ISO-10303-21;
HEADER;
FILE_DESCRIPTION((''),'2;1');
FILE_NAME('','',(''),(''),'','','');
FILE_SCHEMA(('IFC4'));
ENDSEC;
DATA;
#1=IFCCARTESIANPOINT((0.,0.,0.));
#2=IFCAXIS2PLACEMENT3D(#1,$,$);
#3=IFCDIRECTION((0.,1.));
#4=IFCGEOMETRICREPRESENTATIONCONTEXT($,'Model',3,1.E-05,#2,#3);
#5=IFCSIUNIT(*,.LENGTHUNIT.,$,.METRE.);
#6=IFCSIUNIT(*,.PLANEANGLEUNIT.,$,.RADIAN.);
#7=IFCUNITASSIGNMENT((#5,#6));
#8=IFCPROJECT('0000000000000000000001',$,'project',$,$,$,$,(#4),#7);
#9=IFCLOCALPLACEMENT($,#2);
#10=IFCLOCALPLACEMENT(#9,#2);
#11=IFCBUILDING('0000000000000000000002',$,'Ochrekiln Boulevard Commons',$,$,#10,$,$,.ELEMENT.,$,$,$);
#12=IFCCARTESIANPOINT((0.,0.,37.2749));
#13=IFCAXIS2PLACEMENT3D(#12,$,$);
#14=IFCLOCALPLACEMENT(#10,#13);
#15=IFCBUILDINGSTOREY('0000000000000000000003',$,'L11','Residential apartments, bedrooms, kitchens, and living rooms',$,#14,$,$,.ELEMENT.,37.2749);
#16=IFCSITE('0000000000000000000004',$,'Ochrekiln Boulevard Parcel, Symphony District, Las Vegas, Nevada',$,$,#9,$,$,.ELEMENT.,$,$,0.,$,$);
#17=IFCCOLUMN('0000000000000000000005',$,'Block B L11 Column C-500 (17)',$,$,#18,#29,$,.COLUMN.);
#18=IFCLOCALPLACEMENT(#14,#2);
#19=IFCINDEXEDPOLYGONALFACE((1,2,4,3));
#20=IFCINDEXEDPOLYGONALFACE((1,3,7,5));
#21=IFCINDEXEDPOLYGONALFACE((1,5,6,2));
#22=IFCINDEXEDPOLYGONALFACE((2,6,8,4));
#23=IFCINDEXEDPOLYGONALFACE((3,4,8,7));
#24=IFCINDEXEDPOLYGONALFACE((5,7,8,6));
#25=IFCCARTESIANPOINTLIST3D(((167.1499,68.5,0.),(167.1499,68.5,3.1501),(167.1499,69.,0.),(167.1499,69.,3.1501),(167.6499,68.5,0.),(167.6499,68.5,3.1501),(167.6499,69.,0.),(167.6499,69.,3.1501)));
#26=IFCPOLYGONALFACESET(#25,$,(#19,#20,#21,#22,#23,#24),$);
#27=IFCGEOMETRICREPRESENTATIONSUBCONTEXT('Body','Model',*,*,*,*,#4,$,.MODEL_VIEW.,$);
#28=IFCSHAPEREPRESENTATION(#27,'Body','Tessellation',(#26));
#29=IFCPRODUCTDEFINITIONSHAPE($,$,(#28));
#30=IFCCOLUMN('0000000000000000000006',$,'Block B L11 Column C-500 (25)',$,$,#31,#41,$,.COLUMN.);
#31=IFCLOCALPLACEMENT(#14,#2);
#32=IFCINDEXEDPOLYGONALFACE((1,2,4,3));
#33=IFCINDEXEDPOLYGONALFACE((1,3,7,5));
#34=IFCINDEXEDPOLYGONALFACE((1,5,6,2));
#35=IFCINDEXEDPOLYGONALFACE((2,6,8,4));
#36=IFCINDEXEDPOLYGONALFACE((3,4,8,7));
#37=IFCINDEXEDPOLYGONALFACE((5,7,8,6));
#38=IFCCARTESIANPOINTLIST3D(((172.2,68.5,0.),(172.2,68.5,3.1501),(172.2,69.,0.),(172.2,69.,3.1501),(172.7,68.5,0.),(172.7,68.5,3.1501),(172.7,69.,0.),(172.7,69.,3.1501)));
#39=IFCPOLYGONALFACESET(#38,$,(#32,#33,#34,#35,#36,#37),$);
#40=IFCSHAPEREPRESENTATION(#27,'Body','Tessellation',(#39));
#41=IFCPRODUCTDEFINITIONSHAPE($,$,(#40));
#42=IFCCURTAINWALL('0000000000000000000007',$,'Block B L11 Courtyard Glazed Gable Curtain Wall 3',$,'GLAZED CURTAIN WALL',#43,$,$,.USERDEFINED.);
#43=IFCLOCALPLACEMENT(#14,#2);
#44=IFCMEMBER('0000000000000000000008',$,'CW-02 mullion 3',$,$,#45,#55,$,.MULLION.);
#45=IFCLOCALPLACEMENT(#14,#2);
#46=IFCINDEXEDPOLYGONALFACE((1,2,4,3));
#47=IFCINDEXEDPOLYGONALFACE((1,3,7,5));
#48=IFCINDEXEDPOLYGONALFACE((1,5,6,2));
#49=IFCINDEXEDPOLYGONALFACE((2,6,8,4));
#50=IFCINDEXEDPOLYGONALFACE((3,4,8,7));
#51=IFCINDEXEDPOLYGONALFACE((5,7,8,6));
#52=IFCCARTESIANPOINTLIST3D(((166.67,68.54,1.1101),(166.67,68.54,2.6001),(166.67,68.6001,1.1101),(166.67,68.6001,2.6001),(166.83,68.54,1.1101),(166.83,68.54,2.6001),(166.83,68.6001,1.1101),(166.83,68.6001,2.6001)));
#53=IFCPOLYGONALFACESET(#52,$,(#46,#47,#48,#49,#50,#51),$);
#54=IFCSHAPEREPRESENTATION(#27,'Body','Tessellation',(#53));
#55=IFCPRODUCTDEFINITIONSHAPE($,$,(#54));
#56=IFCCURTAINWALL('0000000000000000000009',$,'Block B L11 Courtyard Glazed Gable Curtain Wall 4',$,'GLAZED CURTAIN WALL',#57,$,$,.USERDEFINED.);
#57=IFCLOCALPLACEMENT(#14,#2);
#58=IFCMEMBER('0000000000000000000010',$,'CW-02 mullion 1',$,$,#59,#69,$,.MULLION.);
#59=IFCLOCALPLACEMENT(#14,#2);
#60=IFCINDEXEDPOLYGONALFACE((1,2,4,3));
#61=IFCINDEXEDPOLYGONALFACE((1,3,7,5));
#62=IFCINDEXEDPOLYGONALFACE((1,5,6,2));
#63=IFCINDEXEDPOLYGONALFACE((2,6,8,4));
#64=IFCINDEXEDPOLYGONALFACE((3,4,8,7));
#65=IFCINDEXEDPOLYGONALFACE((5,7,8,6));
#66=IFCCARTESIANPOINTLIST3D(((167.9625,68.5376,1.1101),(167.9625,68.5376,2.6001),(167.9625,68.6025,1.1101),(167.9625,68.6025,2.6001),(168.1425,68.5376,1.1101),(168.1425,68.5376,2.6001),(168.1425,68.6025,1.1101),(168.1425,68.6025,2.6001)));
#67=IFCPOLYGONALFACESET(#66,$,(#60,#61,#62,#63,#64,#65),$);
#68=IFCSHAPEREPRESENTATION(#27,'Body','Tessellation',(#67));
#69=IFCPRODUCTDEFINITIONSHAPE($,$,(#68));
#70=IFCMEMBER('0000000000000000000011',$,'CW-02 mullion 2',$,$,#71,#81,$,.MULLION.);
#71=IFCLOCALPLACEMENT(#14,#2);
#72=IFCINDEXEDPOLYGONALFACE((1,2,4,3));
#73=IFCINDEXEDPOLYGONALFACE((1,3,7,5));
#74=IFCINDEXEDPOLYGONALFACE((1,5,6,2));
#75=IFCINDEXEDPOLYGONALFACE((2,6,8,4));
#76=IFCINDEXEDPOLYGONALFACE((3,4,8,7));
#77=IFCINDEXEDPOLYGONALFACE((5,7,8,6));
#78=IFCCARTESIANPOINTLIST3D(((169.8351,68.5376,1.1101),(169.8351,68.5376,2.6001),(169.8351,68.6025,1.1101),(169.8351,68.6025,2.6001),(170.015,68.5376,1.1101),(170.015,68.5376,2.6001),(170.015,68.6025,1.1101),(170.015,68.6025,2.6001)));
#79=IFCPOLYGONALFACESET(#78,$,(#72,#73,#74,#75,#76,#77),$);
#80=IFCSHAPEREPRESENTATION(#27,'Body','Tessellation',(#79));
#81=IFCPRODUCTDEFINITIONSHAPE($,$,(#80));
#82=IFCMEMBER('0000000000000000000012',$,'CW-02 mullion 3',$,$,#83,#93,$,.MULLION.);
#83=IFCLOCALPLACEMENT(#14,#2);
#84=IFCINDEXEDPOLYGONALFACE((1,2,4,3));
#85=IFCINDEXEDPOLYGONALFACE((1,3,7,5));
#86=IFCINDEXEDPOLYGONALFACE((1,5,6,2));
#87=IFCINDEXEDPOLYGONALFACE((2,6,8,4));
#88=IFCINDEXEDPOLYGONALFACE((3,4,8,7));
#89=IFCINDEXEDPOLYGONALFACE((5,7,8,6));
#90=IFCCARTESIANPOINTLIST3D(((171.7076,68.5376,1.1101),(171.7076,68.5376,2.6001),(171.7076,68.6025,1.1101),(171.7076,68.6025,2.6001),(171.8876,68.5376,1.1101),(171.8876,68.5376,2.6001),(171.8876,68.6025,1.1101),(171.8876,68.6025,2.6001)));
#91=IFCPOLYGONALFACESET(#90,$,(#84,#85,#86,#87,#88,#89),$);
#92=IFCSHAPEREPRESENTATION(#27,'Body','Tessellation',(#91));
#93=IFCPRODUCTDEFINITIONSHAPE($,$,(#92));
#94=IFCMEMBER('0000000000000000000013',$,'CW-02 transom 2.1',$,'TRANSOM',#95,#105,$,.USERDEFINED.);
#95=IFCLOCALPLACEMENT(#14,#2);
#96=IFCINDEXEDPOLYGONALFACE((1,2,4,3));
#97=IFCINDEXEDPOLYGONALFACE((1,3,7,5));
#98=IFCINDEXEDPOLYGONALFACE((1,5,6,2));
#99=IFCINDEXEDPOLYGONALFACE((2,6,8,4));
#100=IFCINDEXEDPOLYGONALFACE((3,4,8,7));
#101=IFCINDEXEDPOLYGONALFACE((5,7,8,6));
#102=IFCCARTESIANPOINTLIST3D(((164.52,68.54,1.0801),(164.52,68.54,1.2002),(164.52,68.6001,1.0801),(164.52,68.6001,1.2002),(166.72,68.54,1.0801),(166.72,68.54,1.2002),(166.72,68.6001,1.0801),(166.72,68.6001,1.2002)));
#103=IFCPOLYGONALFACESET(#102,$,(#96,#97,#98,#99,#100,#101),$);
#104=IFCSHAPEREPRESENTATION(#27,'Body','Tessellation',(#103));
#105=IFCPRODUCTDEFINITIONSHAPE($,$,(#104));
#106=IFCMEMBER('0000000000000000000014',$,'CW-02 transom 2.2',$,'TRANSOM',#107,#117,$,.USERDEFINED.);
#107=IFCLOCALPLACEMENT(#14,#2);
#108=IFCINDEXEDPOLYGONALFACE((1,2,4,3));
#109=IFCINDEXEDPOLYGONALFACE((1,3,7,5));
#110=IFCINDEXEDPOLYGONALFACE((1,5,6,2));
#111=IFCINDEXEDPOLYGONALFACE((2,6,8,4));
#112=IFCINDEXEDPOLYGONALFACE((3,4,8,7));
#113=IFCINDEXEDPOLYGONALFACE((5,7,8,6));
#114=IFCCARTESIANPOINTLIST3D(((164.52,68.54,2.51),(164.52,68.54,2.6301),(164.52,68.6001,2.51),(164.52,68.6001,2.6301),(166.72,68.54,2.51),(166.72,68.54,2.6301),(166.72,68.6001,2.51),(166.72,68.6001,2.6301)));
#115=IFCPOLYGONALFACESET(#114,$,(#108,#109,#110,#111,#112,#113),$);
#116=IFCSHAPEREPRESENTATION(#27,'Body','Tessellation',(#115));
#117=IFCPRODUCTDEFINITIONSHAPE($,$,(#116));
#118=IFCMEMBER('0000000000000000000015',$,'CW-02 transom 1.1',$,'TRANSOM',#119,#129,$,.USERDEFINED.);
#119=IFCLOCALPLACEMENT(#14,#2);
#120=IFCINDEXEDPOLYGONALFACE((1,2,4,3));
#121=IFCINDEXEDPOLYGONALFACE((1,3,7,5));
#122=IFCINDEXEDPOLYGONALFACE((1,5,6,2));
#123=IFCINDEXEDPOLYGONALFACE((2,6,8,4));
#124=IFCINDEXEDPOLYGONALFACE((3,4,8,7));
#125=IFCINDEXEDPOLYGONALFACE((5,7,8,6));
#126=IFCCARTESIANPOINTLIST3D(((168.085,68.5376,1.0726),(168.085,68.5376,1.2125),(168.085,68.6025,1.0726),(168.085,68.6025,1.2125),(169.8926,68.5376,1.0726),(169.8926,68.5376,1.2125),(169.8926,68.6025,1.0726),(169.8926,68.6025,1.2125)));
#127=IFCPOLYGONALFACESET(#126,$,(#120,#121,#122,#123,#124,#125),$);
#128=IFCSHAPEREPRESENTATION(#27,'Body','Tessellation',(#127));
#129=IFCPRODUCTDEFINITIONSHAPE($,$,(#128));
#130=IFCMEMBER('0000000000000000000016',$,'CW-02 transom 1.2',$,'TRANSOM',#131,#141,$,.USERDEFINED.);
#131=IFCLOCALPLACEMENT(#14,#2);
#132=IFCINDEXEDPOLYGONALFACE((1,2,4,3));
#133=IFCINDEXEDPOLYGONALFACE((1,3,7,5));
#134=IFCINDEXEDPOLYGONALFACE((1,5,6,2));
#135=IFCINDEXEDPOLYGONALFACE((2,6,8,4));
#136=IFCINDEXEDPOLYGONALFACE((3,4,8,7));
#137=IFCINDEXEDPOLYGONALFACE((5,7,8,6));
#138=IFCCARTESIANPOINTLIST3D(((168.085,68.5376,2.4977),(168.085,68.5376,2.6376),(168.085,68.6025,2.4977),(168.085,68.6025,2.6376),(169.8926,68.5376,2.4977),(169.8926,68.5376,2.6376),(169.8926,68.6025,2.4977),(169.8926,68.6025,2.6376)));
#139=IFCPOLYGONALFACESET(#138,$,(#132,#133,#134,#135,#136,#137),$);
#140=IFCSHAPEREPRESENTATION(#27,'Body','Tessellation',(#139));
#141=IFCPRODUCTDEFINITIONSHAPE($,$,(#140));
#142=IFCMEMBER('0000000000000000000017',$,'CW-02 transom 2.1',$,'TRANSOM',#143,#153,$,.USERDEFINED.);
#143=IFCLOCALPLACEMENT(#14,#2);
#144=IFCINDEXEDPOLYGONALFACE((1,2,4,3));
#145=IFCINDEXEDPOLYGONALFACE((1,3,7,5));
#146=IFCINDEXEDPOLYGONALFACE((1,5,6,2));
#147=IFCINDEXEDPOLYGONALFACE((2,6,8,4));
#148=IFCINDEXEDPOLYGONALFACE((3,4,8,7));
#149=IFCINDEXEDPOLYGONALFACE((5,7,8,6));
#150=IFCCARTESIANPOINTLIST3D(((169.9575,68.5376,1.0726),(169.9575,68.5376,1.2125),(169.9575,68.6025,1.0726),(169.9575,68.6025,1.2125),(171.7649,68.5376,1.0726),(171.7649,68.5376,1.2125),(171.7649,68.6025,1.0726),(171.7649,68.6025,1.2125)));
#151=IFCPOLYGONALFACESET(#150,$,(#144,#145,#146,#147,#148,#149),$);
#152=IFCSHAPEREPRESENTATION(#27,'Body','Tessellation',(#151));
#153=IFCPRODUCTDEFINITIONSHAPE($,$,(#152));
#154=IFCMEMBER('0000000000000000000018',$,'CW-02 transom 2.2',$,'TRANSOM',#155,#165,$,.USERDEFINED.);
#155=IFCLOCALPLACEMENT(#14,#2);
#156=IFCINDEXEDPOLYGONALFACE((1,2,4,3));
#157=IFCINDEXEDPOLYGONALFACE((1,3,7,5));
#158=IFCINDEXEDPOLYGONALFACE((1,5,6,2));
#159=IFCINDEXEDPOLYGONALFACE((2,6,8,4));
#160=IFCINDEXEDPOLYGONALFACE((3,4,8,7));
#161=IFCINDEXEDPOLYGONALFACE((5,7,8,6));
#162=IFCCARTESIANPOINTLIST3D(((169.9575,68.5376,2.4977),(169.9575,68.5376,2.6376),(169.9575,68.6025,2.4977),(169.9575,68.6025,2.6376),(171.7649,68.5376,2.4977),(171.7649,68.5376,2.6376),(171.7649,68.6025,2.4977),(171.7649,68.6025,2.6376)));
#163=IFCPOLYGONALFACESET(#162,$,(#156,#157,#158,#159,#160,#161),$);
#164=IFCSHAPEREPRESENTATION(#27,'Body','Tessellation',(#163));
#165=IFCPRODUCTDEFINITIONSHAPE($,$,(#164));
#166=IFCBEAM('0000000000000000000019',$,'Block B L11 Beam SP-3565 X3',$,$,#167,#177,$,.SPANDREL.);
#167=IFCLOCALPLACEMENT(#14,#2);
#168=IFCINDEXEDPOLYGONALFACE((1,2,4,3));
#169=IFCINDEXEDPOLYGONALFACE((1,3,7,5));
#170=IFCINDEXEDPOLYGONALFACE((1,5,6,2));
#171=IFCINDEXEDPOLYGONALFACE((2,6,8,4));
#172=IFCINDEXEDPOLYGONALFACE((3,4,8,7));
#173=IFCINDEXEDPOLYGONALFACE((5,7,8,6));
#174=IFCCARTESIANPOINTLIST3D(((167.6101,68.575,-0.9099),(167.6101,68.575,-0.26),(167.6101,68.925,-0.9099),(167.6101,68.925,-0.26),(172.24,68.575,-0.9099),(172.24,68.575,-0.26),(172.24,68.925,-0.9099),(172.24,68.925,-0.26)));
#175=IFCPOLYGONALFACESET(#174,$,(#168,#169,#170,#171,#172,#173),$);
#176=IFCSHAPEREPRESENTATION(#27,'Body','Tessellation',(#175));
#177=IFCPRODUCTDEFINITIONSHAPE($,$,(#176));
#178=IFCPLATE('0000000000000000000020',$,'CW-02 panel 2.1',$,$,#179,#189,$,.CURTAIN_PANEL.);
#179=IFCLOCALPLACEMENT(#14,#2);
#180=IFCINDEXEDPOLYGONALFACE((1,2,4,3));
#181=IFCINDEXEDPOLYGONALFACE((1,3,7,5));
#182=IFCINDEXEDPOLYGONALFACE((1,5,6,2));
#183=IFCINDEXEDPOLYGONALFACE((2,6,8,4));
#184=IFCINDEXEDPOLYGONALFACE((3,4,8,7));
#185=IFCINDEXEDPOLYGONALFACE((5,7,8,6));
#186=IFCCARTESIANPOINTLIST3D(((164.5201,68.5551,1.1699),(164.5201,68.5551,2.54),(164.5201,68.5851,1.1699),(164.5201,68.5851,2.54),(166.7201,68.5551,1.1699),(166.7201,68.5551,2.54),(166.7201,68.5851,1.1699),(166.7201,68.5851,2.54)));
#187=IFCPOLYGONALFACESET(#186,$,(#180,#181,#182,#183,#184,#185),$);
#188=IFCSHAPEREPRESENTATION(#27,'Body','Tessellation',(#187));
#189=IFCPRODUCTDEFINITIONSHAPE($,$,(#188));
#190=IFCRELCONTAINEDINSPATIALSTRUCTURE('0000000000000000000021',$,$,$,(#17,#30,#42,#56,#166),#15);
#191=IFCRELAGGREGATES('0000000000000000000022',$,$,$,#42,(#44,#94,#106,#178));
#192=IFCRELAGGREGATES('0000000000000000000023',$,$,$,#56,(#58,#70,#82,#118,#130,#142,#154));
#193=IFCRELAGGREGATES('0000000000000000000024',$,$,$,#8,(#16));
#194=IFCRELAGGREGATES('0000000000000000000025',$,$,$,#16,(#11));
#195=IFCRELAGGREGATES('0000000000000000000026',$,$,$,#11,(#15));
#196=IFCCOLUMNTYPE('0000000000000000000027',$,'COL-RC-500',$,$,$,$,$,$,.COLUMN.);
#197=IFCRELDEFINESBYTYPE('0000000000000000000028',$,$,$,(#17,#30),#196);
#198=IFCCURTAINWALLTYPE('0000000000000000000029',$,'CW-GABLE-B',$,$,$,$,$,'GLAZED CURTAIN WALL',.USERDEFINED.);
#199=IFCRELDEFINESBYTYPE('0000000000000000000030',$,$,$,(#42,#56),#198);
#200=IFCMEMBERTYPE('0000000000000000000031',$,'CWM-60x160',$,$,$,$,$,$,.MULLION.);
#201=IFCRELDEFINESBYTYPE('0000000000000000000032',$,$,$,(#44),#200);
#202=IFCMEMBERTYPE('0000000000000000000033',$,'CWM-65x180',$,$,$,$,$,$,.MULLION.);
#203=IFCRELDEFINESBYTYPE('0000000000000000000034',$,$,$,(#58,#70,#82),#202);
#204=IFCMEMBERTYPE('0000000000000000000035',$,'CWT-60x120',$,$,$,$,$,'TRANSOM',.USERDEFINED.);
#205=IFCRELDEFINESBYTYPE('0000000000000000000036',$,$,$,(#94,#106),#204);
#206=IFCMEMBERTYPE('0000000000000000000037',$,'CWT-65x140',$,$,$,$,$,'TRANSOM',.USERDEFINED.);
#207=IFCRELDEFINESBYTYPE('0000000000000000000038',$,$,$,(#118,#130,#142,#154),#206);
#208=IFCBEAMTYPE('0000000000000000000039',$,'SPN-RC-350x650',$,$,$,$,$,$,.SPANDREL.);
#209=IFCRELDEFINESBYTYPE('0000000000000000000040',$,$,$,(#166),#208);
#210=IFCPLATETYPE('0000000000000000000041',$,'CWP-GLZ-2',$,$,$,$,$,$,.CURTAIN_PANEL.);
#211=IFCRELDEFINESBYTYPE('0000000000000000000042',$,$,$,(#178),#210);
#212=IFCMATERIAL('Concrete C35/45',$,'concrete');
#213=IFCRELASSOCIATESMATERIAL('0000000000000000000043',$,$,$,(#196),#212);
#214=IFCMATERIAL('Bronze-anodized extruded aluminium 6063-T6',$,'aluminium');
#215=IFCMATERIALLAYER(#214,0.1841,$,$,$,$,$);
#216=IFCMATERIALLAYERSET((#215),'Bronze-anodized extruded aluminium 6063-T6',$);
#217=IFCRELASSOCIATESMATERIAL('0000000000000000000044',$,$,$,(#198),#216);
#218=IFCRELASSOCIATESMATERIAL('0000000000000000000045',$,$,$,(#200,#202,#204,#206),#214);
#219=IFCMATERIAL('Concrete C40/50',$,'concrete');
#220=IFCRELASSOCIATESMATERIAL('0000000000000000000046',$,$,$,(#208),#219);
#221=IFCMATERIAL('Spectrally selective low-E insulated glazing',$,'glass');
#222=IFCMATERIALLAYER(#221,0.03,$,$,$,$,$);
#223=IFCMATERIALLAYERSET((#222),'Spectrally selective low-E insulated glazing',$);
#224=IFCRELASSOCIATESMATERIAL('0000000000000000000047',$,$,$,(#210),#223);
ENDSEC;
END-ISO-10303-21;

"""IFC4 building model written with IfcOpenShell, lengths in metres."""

from ifc_helpers import new_model, si_unit, direction, frame, origin, origin_2d, place, context, subcontext, project, spatial, rectangle, extrude, material, layer, layer_set, material_profile, profile_set, type_object, element, aggregate, save


model = new_model("IFC4")

# Units and contexts
model_context = context("Model", 3, precision=1e-05, world=origin(), true_north=direction((0.0, 1.0)))
body_context = subcontext(model_context, "Body", "Model", "MODEL_VIEW")
ifc_project = project(units=[si_unit("LENGTHUNIT", "METRE"), si_unit("PLANEANGLEUNIT", "RADIAN")], contexts=[model_context])

# Site, building, storey
site_placement = place(None, origin())
site = spatial("IfcSite", under=ifc_project, at=site_placement, Name="Ochrekiln Boulevard Parcel, Symphony District, Las Vegas, Nevada", CompositionType="ELEMENT", RefElevation=0.0)
building_placement = place(site_placement, origin())
building = spatial("IfcBuilding", under=site, at=building_placement, Name="Ochrekiln Boulevard Commons", CompositionType="ELEMENT")
storey_placement = place(building_placement, frame((0.0, 0.0, 37.2749)))
storey = spatial("IfcBuildingStorey", under=building, at=storey_placement, Name="L11", Description="Residential apartments, bedrooms, kitchens, and living rooms", CompositionType="ELEMENT", Elevation=37.2749)

# Columns
ifc_material_1 = material(Name="Concrete C35/45", Category="concrete")
ifc_material_profile_1 = material_profile(ifc_material_1, rectangle(XDim=0.5, YDim=0.5, at=origin_2d()), Name="RC-COL-500x500")
ifc_profile_set_1 = profile_set([ifc_material_profile_1], Name="Concrete C35/45")
column_type = type_object("IfcColumnType", Name="COL-RC-500", PredefinedType="COLUMN", material=ifc_profile_set_1)
for number, where, z_axis, x_axis, name in (
    (1, (167.3999, 68.75, 0.0), (0.0, 0.0, 1.0), (1.0, 0.0, 0.0), "Block B L11 Column C-500 (17)"),
    (2, (172.45, 68.75, 0.0), (0.0, 0.0, 1.0), (1.0, 0.0, 0.0), "Block B L11 Column C-500 (25)"),
):
    element("IfcColumn", number, at=place(storey_placement, frame(where, z_axis=z_axis, x_axis=x_axis)), inside=storey, type_object=column_type, Name=name, PredefinedType="COLUMN", context=body_context, shape_type="SweptSolid", body=[
        extrude(rectangle(XDim=0.5, YDim=0.5, at=origin_2d()), origin(), (0.0, 0.0, 1.0), 3.1501),
    ])

# Curtain wall, member
ifc_material_2 = material(Name="Bronze-anodized extruded aluminium 6063-T6", Category="aluminium")
ifc_layer_1 = layer(ifc_material_2, 0.1841)
ifc_layer_set_1 = layer_set([ifc_layer_1], Name="Bronze-anodized extruded aluminium 6063-T6")
curtain_wall_type = type_object("IfcCurtainWallType", Name="CW-GABLE-B", ElementType="GLAZED CURTAIN WALL", PredefinedType="USERDEFINED", material=ifc_layer_set_1)
curtain_wall_1_placement = place(storey_placement, origin())
curtain_wall_1 = element("IfcCurtainWall", 3, at=curtain_wall_1_placement, inside=storey, type_object=curtain_wall_type, Name="Block B L11 Courtyard Glazed Gable Curtain Wall 3", ObjectType="GLAZED CURTAIN WALL", PredefinedType="USERDEFINED")
ifc_material_profile_2 = material_profile(ifc_material_2, rectangle(XDim=0.0601, YDim=0.1599, at=origin_2d()), Name="ALU-MUL-60x160")
ifc_profile_set_2 = profile_set([ifc_material_profile_2], Name="Bronze-anodized extruded aluminium 6063-T6")
member_type_1 = type_object("IfcMemberType", Name="CWM-60x160", PredefinedType="MULLION", material=ifc_profile_set_2)
member_1_placement = place(storey_placement, frame((166.75, 68.5701, 1.1101), z_axis=(0.0, 0.0, 1.0), x_axis=(0.0, 1.0, 0.0)))
member_1 = element("IfcMember", 4, at=member_1_placement, type_object=member_type_1, Name="CW-02 mullion 3", PredefinedType="MULLION", context=body_context, shape_type="SweptSolid", body=[
    extrude(rectangle(XDim=0.0601, YDim=0.1599, at=origin_2d()), origin(), (0.0, 0.0, 1.0), 1.49),
])

# Curtain wall, members
curtain_wall_2_placement = place(storey_placement, origin())
curtain_wall_2 = element("IfcCurtainWall", 5, at=curtain_wall_2_placement, inside=storey, type_object=curtain_wall_type, Name="Block B L11 Courtyard Glazed Gable Curtain Wall 4", ObjectType="GLAZED CURTAIN WALL", PredefinedType="USERDEFINED")
ifc_material_profile_3 = material_profile(ifc_material_2, rectangle(XDim=0.0649, YDim=0.1799, at=origin_2d()), Name="ALU-MUL-65x180")
ifc_profile_set_3 = profile_set([ifc_material_profile_3], Name="Bronze-anodized extruded aluminium 6063-T6")
member_type_2 = type_object("IfcMemberType", Name="CWM-65x180", PredefinedType="MULLION", material=ifc_profile_set_3)
member_2_placement = place(storey_placement, frame((168.0525, 68.5701, 1.1101), z_axis=(0.0, 0.0, 1.0), x_axis=(0.0, 1.0, 0.0)))
member_2 = element("IfcMember", 6, at=member_2_placement, type_object=member_type_2, Name="CW-02 mullion 1", PredefinedType="MULLION", context=body_context, shape_type="SweptSolid", body=[
    extrude(rectangle(XDim=0.0649, YDim=0.1799, at=origin_2d()), origin(), (0.0, 0.0, 1.0), 1.49),
])
member_3_placement = place(storey_placement, frame((169.925, 68.5701, 1.1101), z_axis=(0.0, 0.0, 1.0), x_axis=(0.0, 1.0, 0.0)))
member_3 = element("IfcMember", 7, at=member_3_placement, type_object=member_type_2, Name="CW-02 mullion 2", PredefinedType="MULLION", context=body_context, shape_type="SweptSolid", body=[
    extrude(rectangle(XDim=0.0649, YDim=0.1799, at=origin_2d()), origin(), (0.0, 0.0, 1.0), 1.49),
])
member_4_placement = place(storey_placement, frame((171.7976, 68.5701, 1.1101), z_axis=(0.0, 0.0, 1.0), x_axis=(0.0, 1.0, 0.0)))
member_4 = element("IfcMember", 8, at=member_4_placement, type_object=member_type_2, Name="CW-02 mullion 3", PredefinedType="MULLION", context=body_context, shape_type="SweptSolid", body=[
    extrude(rectangle(XDim=0.0649, YDim=0.1799, at=origin_2d()), origin(), (0.0, 0.0, 1.0), 1.49),
])

# Members
ifc_material_profile_4 = material_profile(ifc_material_2, rectangle(XDim=0.0601, YDim=0.1201, at=origin_2d()), Name="ALU-TRN-60x120")
ifc_profile_set_4 = profile_set([ifc_material_profile_4], Name="Bronze-anodized extruded aluminium 6063-T6")
member_type_3 = type_object("IfcMemberType", Name="CWT-60x120", ElementType="TRANSOM", PredefinedType="USERDEFINED", material=ifc_profile_set_4)
member_5_placement = place(storey_placement, frame((164.52, 68.5701, 1.1401), z_axis=(1.0, 0.0, 0.0), x_axis=(0.0, 1.0, 0.0)))
member_5 = element("IfcMember", 9, at=member_5_placement, type_object=member_type_3, Name="CW-02 transom 2.1", ObjectType="TRANSOM", PredefinedType="USERDEFINED", context=body_context, shape_type="SweptSolid", body=[
    extrude(rectangle(XDim=0.0601, YDim=0.1201, at=origin_2d()), origin(), (0.0, 0.0, 1.0), 2.2),
])
member_6_placement = place(storey_placement, frame((164.52, 68.5701, 2.5701), z_axis=(1.0, 0.0, 0.0), x_axis=(0.0, 1.0, 0.0)))
member_6 = element("IfcMember", 10, at=member_6_placement, type_object=member_type_3, Name="CW-02 transom 2.2", ObjectType="TRANSOM", PredefinedType="USERDEFINED", context=body_context, shape_type="SweptSolid", body=[
    extrude(rectangle(XDim=0.0601, YDim=0.1201, at=origin_2d()), origin(), (0.0, 0.0, 1.0), 2.2),
])
ifc_material_profile_5 = material_profile(ifc_material_2, rectangle(XDim=0.0649, YDim=0.1399, at=origin_2d()), Name="ALU-TRN-65x140")
ifc_profile_set_5 = profile_set([ifc_material_profile_5], Name="Bronze-anodized extruded aluminium 6063-T6")
member_type_4 = type_object("IfcMemberType", Name="CWT-65x140", ElementType="TRANSOM", PredefinedType="USERDEFINED", material=ifc_profile_set_5)
member_7_placement = place(storey_placement, frame((168.085, 68.5701, 1.1426), z_axis=(1.0, 0.0, 0.0), x_axis=(0.0, 1.0, 0.0)))
member_7 = element("IfcMember", 11, at=member_7_placement, type_object=member_type_4, Name="CW-02 transom 1.1", ObjectType="TRANSOM", PredefinedType="USERDEFINED", context=body_context, shape_type="SweptSolid", body=[
    extrude(rectangle(XDim=0.0649, YDim=0.1399, at=origin_2d()), origin(), (0.0, 0.0, 1.0), 1.8076),
])
member_8_placement = place(storey_placement, frame((168.085, 68.5701, 2.5676), z_axis=(1.0, 0.0, 0.0), x_axis=(0.0, 1.0, 0.0)))
member_8 = element("IfcMember", 12, at=member_8_placement, type_object=member_type_4, Name="CW-02 transom 1.2", ObjectType="TRANSOM", PredefinedType="USERDEFINED", context=body_context, shape_type="SweptSolid", body=[
    extrude(rectangle(XDim=0.0649, YDim=0.1399, at=origin_2d()), origin(), (0.0, 0.0, 1.0), 1.8076),
])
member_9_placement = place(storey_placement, frame((169.9575, 68.5701, 1.1426), z_axis=(1.0, 0.0, 0.0), x_axis=(0.0, 1.0, 0.0)))
member_9 = element("IfcMember", 13, at=member_9_placement, type_object=member_type_4, Name="CW-02 transom 2.1", ObjectType="TRANSOM", PredefinedType="USERDEFINED", context=body_context, shape_type="SweptSolid", body=[
    extrude(rectangle(XDim=0.0649, YDim=0.1399, at=origin_2d()), origin(), (0.0, 0.0, 1.0), 1.8074),
])
member_10_placement = place(storey_placement, frame((169.9575, 68.5701, 2.5676), z_axis=(1.0, 0.0, 0.0), x_axis=(0.0, 1.0, 0.0)))
member_10 = element("IfcMember", 14, at=member_10_placement, type_object=member_type_4, Name="CW-02 transom 2.2", ObjectType="TRANSOM", PredefinedType="USERDEFINED", context=body_context, shape_type="SweptSolid", body=[
    extrude(rectangle(XDim=0.0649, YDim=0.1399, at=origin_2d()), origin(), (0.0, 0.0, 1.0), 1.8074),
])

# Beam
ifc_material_3 = material(Name="Concrete C40/50", Category="concrete")
ifc_material_profile_6 = material_profile(ifc_material_3, rectangle(XDim=0.3501, YDim=0.6499, at=origin_2d()), Name="RC-SPN-350x650")
ifc_profile_set_6 = profile_set([ifc_material_profile_6], Name="Concrete C40/50")
beam_type = type_object("IfcBeamType", Name="SPN-RC-350x650", PredefinedType="SPANDREL", material=ifc_profile_set_6)
beam_placement = place(storey_placement, frame((167.6101, 68.75, -0.585), z_axis=(1.0, 0.0, 0.0), x_axis=(0.0, 1.0, 0.0)))
element("IfcBeam", 15, at=beam_placement, inside=storey, type_object=beam_type, Name="Block B L11 Beam SP-3565 X3", PredefinedType="SPANDREL", context=body_context, shape_type="SweptSolid", body=[
    extrude(rectangle(XDim=0.3501, YDim=0.6499, at=origin_2d()), origin(), (0.0, 0.0, 1.0), 4.6299),
])

# Plate
ifc_material_4 = material(Name="Spectrally selective low-E insulated glazing", Category="glass")
ifc_layer_2 = layer(ifc_material_4, 0.03)
ifc_layer_set_2 = layer_set([ifc_layer_2], Name="Spectrally selective low-E insulated glazing")
plate_type_1 = type_object("IfcPlateType", Name="CWP-GLZ-2", PredefinedType="CURTAIN_PANEL", material=ifc_layer_set_2)
plate_1_placement = place(storey_placement, frame((165.6201, 68.5701, 1.1699), z_axis=(0.0, 0.0, 1.0), x_axis=(1.0, 0.0, 0.0)))
plate_1 = element("IfcPlate", 16, at=plate_1_placement, type_object=plate_type_1, Name="CW-02 panel 2.1", PredefinedType="CURTAIN_PANEL", context=body_context, shape_type="SweptSolid", body=[
    extrude(rectangle(XDim=2.2, YDim=0.03, at=origin_2d()), origin(), (0.0, 0.0, 1.0), 1.3701),
])
aggregate(curtain_wall_1, [member_1, member_5, member_6, plate_1])
aggregate(curtain_wall_2, [member_2, member_3, member_4, member_7, member_8, member_9, member_10])

save(model, "model.ifc")
